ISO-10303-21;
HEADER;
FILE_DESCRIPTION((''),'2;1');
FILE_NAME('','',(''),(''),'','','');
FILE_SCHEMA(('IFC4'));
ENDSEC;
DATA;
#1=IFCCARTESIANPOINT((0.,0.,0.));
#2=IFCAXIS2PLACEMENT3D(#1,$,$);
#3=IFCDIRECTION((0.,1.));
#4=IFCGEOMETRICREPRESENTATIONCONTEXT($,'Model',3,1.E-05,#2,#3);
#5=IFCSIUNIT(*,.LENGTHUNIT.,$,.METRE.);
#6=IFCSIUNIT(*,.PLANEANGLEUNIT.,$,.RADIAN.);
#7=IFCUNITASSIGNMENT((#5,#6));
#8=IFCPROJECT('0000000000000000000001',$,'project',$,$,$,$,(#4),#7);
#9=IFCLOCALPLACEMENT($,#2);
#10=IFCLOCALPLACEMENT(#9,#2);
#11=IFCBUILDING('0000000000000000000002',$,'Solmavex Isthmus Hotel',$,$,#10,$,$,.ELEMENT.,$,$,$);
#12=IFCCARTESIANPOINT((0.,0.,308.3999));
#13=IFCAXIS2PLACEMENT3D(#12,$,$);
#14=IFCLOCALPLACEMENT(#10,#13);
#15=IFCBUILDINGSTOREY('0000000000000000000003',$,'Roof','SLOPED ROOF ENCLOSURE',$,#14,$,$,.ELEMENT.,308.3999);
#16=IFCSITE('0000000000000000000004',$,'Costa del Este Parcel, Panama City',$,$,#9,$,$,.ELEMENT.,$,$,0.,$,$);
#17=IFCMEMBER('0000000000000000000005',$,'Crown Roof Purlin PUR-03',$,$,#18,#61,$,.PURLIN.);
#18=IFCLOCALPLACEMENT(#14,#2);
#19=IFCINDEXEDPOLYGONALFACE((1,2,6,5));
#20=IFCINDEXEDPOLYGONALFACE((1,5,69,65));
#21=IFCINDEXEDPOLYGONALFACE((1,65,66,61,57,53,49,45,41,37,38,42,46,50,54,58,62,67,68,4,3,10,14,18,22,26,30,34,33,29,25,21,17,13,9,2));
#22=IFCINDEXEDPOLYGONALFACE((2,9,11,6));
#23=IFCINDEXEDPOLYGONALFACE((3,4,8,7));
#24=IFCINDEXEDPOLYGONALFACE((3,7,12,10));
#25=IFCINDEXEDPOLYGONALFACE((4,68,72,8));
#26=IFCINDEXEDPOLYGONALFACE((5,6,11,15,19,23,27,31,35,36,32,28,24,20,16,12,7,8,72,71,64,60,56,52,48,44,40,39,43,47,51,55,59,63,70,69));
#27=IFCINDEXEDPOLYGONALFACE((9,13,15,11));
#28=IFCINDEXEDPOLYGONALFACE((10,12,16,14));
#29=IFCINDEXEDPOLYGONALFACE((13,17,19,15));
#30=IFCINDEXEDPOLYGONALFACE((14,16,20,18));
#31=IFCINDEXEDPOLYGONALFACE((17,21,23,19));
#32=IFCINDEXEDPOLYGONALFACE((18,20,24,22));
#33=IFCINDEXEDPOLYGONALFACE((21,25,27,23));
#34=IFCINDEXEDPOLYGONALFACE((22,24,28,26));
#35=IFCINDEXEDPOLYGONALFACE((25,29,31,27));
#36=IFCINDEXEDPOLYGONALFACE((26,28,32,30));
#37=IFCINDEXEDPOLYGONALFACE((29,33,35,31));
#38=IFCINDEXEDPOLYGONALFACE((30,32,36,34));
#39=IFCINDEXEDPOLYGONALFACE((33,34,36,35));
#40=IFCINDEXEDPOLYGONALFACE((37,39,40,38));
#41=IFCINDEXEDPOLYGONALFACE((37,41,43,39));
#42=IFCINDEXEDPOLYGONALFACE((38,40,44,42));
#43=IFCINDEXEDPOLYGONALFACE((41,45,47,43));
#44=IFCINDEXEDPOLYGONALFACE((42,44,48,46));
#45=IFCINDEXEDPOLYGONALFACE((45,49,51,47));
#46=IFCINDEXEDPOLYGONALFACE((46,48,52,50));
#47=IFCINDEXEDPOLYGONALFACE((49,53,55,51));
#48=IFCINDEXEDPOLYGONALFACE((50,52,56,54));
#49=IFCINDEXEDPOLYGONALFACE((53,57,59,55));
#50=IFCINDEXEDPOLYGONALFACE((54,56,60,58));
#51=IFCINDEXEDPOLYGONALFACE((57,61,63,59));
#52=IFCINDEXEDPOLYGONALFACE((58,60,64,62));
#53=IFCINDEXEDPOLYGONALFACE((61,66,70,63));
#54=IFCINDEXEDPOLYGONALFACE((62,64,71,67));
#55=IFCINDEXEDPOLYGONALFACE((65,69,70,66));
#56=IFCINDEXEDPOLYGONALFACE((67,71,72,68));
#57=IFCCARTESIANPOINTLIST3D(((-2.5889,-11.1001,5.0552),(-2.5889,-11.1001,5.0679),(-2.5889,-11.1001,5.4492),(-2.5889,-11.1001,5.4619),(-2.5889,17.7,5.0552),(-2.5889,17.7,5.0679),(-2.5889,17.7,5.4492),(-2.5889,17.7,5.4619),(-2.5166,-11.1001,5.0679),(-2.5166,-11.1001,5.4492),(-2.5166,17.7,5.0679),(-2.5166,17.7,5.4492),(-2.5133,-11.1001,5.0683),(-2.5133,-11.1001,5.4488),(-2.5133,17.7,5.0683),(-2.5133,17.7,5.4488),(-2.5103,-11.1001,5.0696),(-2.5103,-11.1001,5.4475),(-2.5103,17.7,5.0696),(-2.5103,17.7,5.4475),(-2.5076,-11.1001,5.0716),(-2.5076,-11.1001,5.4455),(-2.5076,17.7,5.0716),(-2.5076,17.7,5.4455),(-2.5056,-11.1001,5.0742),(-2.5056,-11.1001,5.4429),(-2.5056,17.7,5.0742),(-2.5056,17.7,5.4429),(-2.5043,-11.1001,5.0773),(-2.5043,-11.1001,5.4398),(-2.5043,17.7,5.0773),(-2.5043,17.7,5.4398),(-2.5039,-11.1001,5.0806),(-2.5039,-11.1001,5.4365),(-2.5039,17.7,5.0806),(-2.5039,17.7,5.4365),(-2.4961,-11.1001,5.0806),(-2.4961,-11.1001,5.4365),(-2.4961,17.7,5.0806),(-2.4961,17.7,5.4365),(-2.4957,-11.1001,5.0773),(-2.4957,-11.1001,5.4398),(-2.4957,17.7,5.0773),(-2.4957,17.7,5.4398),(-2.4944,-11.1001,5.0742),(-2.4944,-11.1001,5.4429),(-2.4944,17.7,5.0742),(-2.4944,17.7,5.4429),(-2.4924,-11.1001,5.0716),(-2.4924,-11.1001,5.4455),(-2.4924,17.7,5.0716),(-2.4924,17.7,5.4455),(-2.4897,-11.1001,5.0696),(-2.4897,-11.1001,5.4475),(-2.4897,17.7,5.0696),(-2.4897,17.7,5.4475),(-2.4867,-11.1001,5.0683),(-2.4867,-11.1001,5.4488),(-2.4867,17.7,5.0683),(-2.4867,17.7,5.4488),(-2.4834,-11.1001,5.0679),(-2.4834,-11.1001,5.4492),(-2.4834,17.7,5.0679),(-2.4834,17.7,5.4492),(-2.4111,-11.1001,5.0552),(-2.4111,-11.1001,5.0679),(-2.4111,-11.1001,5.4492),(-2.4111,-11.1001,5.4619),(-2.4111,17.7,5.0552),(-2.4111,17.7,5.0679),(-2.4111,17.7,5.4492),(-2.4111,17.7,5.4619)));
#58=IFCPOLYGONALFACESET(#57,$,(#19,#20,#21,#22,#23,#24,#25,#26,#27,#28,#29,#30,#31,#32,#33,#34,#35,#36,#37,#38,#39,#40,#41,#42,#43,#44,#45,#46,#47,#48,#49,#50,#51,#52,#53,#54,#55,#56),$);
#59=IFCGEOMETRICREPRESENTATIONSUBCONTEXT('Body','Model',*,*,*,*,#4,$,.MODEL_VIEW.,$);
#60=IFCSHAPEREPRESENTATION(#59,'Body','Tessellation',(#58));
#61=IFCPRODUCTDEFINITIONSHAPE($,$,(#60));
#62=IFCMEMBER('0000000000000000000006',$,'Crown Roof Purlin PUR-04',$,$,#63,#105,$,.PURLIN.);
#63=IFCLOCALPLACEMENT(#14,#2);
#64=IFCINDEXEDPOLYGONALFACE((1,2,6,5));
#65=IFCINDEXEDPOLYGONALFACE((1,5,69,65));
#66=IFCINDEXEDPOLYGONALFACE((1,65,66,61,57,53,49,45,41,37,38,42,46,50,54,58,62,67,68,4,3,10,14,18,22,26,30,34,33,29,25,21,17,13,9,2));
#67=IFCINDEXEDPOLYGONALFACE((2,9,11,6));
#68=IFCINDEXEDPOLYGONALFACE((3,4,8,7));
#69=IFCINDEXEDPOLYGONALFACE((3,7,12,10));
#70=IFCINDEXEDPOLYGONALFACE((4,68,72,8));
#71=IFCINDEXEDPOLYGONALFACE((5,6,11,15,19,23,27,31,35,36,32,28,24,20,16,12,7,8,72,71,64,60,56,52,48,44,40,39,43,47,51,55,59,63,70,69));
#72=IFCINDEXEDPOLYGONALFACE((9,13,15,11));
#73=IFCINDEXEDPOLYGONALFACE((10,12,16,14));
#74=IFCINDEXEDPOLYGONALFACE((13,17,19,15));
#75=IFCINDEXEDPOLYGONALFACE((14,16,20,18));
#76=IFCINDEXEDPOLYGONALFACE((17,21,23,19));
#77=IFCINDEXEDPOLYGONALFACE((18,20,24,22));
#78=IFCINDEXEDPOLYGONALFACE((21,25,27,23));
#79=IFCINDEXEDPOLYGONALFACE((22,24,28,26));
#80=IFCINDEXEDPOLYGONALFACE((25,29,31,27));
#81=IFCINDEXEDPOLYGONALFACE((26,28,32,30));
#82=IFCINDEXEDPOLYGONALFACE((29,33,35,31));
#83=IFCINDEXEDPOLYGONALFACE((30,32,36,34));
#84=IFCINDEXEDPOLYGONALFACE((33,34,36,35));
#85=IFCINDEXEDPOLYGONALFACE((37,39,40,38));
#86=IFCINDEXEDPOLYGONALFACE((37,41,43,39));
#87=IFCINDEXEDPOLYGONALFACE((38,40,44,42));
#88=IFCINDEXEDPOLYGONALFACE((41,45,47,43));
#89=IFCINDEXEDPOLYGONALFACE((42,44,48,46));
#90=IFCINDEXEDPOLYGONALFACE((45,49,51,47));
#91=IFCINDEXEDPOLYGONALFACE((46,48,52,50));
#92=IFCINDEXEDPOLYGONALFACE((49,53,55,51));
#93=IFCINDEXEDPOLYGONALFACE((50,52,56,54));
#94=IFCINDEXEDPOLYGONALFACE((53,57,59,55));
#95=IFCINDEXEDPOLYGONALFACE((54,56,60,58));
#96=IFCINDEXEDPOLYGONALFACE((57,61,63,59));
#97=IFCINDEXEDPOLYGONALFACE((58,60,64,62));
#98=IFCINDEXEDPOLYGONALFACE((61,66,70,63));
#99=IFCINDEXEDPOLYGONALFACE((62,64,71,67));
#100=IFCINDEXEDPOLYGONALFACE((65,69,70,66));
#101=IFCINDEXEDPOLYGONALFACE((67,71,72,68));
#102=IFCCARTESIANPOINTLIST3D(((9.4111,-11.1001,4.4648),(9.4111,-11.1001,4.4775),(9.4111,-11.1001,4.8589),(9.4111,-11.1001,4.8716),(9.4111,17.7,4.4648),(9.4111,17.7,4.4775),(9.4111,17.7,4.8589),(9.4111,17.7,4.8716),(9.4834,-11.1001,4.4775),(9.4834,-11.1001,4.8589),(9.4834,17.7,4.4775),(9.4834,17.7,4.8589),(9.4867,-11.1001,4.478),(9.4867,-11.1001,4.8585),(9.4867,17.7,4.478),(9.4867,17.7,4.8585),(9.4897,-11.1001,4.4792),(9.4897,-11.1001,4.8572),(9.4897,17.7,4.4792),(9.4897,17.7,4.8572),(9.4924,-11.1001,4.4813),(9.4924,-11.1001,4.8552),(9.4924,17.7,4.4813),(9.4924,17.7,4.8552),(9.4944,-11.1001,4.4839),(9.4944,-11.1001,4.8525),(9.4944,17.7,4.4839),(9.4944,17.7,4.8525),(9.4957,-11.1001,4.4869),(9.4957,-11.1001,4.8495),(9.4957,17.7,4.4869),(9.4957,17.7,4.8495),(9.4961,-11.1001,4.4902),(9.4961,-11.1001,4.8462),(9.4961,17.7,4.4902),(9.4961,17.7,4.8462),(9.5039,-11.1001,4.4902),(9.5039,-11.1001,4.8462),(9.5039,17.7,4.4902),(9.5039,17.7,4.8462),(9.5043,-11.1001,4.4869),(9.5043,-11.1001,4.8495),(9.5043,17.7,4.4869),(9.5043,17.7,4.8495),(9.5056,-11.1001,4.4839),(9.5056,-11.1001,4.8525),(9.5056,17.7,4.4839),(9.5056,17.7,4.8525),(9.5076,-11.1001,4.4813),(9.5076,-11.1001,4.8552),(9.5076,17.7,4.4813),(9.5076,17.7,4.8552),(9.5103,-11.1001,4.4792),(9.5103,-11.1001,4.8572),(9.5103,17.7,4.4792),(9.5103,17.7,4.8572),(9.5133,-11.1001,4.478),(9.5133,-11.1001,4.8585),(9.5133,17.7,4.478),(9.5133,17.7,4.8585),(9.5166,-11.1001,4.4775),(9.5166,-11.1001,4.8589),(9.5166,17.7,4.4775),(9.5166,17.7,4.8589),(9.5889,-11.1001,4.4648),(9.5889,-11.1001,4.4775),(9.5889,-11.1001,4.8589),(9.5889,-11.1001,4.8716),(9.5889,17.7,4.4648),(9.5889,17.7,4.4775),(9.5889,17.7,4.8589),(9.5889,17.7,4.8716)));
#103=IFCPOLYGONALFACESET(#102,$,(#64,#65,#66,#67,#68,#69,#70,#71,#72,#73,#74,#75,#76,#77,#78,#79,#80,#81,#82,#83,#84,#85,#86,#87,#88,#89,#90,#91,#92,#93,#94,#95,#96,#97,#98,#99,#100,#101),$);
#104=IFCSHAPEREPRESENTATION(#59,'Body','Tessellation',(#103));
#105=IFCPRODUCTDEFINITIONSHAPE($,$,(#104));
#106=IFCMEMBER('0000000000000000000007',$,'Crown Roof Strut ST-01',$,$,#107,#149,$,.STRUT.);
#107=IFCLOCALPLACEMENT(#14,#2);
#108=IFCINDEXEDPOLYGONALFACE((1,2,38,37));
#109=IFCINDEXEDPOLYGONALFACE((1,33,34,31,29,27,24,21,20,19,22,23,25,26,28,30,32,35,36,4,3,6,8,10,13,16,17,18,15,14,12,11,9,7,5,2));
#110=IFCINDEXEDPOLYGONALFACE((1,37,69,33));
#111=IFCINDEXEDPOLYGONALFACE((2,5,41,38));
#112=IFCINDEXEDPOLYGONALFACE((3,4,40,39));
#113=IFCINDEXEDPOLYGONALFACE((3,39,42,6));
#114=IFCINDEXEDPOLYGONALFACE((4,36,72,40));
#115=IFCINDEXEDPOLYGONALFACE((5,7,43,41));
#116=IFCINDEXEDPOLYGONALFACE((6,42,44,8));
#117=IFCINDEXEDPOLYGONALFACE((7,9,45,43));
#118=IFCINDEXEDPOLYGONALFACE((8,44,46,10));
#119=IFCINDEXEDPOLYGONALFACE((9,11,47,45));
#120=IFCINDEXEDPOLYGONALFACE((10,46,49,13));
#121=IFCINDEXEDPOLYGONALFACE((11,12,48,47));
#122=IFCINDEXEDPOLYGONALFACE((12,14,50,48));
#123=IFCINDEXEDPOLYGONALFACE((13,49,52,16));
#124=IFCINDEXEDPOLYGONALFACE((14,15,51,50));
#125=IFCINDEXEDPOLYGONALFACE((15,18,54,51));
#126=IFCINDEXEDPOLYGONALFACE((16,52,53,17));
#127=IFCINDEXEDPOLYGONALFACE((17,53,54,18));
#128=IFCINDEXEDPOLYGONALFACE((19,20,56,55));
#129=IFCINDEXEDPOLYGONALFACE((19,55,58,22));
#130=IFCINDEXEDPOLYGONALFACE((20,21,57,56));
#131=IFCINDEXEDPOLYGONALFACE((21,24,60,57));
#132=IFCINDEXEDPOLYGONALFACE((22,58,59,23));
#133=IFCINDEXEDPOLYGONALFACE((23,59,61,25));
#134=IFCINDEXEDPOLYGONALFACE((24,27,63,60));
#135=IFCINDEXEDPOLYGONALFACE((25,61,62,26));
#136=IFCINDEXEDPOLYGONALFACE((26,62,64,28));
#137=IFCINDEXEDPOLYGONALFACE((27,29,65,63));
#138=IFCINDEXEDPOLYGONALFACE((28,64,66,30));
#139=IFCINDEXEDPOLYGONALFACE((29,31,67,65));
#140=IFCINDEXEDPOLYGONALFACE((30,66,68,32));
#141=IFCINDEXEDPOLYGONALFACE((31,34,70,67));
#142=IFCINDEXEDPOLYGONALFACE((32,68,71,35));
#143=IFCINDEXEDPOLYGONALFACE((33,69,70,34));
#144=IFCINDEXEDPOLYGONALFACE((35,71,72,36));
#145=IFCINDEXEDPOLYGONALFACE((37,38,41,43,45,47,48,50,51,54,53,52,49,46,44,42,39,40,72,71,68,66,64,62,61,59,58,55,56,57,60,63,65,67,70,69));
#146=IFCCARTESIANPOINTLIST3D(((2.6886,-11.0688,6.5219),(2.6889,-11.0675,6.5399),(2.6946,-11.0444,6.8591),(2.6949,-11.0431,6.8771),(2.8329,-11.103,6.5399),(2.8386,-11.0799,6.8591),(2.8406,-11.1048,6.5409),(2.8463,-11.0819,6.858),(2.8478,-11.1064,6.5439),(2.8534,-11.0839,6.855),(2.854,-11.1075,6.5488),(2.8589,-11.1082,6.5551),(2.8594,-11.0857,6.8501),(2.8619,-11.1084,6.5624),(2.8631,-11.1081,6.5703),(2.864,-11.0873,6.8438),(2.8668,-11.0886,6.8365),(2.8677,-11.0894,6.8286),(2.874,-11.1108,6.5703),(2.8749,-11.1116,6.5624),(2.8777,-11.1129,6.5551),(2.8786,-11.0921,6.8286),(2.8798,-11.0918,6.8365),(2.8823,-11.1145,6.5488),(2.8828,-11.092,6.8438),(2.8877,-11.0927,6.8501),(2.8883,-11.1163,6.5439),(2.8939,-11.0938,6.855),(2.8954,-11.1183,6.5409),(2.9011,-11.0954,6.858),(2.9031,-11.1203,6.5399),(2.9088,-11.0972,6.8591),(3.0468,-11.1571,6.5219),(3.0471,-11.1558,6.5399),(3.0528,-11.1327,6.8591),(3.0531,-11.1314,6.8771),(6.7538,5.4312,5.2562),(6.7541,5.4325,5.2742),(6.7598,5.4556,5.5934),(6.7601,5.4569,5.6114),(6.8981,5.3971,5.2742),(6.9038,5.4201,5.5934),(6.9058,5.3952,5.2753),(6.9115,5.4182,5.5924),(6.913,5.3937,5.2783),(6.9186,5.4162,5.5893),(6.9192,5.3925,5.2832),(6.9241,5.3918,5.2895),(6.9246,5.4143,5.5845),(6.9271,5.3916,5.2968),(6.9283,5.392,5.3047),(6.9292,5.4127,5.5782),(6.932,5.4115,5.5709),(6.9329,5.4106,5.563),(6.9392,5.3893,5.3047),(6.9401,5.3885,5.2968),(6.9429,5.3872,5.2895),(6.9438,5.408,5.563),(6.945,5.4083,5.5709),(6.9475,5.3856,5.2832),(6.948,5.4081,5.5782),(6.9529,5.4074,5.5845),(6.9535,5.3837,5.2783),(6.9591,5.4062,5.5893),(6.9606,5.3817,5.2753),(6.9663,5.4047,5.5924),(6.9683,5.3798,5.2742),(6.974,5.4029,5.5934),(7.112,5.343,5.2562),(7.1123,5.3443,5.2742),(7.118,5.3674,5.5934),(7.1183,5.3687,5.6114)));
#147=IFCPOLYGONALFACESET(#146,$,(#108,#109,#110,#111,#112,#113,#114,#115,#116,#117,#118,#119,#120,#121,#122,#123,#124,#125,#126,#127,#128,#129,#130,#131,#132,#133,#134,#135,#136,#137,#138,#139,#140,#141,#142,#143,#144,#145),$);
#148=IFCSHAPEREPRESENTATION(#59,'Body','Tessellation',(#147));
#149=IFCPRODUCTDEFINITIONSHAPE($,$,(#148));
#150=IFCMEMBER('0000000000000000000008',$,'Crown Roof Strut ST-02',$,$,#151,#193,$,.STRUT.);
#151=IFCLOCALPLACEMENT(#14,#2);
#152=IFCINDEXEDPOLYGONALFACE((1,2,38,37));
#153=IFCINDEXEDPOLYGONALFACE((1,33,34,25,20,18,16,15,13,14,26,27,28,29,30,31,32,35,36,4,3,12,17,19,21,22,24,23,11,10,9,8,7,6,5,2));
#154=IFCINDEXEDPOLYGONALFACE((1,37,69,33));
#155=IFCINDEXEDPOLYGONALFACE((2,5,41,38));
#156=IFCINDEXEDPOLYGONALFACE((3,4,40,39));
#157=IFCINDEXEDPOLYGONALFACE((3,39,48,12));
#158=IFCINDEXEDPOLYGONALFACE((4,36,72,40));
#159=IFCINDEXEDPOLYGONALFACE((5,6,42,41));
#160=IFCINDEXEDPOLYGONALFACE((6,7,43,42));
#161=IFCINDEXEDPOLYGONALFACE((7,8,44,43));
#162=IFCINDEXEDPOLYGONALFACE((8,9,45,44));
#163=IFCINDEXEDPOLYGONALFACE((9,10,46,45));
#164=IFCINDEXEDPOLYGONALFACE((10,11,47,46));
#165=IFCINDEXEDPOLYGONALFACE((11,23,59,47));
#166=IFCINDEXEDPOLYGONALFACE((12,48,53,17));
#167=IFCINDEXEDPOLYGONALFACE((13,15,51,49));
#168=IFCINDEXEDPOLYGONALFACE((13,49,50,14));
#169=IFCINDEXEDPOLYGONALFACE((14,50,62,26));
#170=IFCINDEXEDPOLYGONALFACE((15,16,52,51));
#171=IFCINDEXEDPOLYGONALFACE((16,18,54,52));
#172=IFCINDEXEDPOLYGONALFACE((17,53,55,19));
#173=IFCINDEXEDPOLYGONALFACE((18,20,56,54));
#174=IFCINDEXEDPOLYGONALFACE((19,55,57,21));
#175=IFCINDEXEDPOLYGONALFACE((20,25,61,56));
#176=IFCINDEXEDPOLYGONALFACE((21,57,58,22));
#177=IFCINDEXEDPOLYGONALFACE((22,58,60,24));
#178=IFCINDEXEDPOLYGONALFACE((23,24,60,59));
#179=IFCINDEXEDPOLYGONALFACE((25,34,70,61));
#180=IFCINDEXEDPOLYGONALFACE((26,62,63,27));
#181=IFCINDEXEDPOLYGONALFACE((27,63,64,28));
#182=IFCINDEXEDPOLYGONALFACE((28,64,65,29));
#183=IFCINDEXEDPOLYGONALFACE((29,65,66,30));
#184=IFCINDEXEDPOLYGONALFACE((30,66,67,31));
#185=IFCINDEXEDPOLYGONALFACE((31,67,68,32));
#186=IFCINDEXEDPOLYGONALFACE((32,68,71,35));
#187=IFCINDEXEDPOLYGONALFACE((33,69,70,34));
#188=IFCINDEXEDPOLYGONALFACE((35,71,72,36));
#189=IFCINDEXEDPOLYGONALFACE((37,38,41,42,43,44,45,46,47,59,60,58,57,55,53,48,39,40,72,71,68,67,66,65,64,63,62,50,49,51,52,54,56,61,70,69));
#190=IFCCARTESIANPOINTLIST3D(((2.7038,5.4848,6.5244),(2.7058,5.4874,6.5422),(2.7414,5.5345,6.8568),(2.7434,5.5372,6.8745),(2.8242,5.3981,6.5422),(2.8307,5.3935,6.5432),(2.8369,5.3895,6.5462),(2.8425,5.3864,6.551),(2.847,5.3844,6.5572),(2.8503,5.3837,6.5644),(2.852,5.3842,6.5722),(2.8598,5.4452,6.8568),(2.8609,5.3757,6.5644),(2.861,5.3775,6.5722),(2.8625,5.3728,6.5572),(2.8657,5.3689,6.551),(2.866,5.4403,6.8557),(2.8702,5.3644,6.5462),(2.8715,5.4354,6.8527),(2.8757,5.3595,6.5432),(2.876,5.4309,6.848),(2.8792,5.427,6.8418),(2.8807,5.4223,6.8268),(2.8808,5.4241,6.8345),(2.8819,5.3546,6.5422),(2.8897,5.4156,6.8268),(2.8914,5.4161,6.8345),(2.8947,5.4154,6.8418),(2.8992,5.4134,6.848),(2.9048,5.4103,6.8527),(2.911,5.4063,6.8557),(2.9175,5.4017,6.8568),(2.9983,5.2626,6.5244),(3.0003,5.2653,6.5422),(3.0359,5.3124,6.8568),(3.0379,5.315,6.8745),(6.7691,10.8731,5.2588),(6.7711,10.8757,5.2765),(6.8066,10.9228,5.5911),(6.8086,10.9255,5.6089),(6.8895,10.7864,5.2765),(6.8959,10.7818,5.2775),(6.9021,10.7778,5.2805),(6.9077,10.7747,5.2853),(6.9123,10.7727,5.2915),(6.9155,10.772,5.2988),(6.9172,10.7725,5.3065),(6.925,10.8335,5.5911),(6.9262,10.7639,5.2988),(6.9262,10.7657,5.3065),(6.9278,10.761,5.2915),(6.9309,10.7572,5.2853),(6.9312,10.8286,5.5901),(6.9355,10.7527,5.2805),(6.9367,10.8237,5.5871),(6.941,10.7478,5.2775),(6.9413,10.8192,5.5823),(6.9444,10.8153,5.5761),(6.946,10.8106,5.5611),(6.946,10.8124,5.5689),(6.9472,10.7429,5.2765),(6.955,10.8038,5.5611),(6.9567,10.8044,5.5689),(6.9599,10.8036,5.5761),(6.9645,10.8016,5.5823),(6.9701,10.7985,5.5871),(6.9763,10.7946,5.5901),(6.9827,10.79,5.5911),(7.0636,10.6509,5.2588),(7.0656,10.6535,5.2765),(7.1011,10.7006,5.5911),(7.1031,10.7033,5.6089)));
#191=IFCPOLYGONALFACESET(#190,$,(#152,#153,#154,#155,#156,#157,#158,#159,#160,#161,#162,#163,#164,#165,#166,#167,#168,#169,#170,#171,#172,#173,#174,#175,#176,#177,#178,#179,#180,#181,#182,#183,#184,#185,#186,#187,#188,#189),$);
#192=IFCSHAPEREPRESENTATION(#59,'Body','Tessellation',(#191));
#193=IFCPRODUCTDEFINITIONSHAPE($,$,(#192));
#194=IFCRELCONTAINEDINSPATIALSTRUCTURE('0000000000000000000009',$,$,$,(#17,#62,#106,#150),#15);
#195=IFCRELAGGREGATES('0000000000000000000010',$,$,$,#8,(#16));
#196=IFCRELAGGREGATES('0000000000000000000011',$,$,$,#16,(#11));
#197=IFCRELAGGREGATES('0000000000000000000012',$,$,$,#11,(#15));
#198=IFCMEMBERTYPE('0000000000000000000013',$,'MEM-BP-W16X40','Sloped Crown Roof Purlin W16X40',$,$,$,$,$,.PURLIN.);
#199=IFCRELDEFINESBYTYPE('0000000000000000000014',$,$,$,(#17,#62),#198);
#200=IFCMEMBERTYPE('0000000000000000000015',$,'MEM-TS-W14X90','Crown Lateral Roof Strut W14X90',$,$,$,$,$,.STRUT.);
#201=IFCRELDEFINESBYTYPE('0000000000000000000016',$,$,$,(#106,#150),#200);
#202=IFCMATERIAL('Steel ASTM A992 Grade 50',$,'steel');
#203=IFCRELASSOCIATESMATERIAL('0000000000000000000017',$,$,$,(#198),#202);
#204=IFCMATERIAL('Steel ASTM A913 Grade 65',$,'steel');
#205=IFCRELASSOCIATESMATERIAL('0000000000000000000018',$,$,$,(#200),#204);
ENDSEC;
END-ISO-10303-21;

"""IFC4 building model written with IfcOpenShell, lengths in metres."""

from ifc_helpers import new_model, si_unit, direction, frame, origin, origin_2d, place, context, subcontext, project, spatial, i_section, extrude, material, material_profile, profile_set, type_object, element, save


model = new_model("IFC4")

# Units and contexts
model_context = context("Model", 3, precision=1e-05, world=origin(), true_north=direction((0.0, 1.0)))
body_context = subcontext(model_context, "Body", "Model", "MODEL_VIEW")
ifc_project = project(units=[si_unit("LENGTHUNIT", "METRE"), si_unit("PLANEANGLEUNIT", "RADIAN")], contexts=[model_context])

# Site, building, storey
site_placement = place(None, origin())
site = spatial("IfcSite", under=ifc_project, at=site_placement, Name="Costa del Este Parcel, Panama City", CompositionType="ELEMENT", RefElevation=0.0)
building_placement = place(site_placement, origin())
building = spatial("IfcBuilding", under=site, at=building_placement, Name="Solmavex Isthmus Hotel", CompositionType="ELEMENT")
storey_placement = place(building_placement, frame((0.0, 0.0, 308.3999)))
storey = spatial("IfcBuildingStorey", under=building, at=storey_placement, Name="Roof", Description="SLOPED ROOF ENCLOSURE", CompositionType="ELEMENT", Elevation=308.3999)

# Shared definitions
ifc_material_1 = material(Name="Steel ASTM A913 Grade 65", Category="steel")

# Shared definitions
ifc_material_2 = material(Name="Steel ASTM A992 Grade 50", Category="steel")

# Members
ifc_material_profile_1 = material_profile(ifc_material_2, i_section(OverallWidth=0.1777, OverallDepth=0.4067, WebThickness=0.0078, FlangeThickness=0.0127, FilletRadius=0.0127, at=origin_2d()), Name="W16X40")
ifc_profile_set_1 = profile_set([ifc_material_profile_1], Name="Steel ASTM A992 Grade 50")
member_type_1 = type_object("IfcMemberType", Name="MEM-BP-W16X40", Description="Sloped Crown Roof Purlin W16X40", PredefinedType="PURLIN", material=ifc_profile_set_1)
for number, where, z_axis, x_axis, name in (
    (1, (-2.5, -11.1001, 5.2585), (0.0, 1.0, 0.0), (-1.0, 0.0, 0.0), "Crown Roof Purlin PUR-03"),
    (2, (9.5, -11.1001, 4.6682), (0.0, 1.0, 0.0), (-1.0, 0.0, 0.0), "Crown Roof Purlin PUR-04"),
):
    element("IfcMember", number, at=place(storey_placement, frame(where, z_axis=z_axis, x_axis=x_axis)), inside=storey, type_object=member_type_1, Name=name, PredefinedType="PURLIN", context=body_context, shape_type="SweptSolid", body=[
        extrude(i_section(OverallWidth=0.1777, OverallDepth=0.4067, WebThickness=0.0078, FlangeThickness=0.0127, FilletRadius=0.0127, at=origin_2d()), origin(), (0.0, 0.0, 1.0), 28.8),
    ])
ifc_material_profile_2 = material_profile(ifc_material_1, i_section(OverallWidth=0.3689, OverallDepth=0.3562, WebThickness=0.0112, FlangeThickness=0.0181, FilletRadius=0.0305, at=origin_2d()), Name="W14X90")
ifc_profile_set_2 = profile_set([ifc_material_profile_2], Name="Steel ASTM A913 Grade 65")
member_type_2 = type_object("IfcMemberType", Name="MEM-TS-W14X90", Description="Crown Lateral Roof Strut W14X90", PredefinedType="STRUT", material=ifc_profile_set_2)
member_1_placement = place(storey_placement, frame((2.8708, -11.1001, 6.6995), z_axis=(0.238561, 0.968283, -0.074272), x_axis=(-0.970965, 0.239221, 0.0)))
element("IfcMember", 3, at=member_1_placement, inside=storey, type_object=member_type_2, Name="Crown Roof Strut ST-01", PredefinedType="STRUT", context=body_context, shape_type="SweptSolid", body=[
    extrude(i_section(OverallWidth=0.3689, OverallDepth=0.3562, WebThickness=0.0112, FlangeThickness=0.0181, FilletRadius=0.0305, at=origin_2d()), origin(), (0.0, 0.0, 1.0), 17.0405),
])
member_2_placement = place(storey_placement, frame((2.8708, 5.3999, 6.6995), z_axis=(0.591961, 0.784612, -0.184297), x_axis=(-0.798287, 0.602278, 0.0)))
element("IfcMember", 4, at=member_2_placement, inside=storey, type_object=member_type_2, Name="Crown Roof Strut ST-02", PredefinedType="STRUT", context=body_context, shape_type="SweptSolid", body=[
    extrude(i_section(OverallWidth=0.3689, OverallDepth=0.3562, WebThickness=0.0112, FlangeThickness=0.0181, FilletRadius=0.0305, at=origin_2d()), origin(), (0.0, 0.0, 1.0), 6.8674),
])

save(model, "model.ifc")
